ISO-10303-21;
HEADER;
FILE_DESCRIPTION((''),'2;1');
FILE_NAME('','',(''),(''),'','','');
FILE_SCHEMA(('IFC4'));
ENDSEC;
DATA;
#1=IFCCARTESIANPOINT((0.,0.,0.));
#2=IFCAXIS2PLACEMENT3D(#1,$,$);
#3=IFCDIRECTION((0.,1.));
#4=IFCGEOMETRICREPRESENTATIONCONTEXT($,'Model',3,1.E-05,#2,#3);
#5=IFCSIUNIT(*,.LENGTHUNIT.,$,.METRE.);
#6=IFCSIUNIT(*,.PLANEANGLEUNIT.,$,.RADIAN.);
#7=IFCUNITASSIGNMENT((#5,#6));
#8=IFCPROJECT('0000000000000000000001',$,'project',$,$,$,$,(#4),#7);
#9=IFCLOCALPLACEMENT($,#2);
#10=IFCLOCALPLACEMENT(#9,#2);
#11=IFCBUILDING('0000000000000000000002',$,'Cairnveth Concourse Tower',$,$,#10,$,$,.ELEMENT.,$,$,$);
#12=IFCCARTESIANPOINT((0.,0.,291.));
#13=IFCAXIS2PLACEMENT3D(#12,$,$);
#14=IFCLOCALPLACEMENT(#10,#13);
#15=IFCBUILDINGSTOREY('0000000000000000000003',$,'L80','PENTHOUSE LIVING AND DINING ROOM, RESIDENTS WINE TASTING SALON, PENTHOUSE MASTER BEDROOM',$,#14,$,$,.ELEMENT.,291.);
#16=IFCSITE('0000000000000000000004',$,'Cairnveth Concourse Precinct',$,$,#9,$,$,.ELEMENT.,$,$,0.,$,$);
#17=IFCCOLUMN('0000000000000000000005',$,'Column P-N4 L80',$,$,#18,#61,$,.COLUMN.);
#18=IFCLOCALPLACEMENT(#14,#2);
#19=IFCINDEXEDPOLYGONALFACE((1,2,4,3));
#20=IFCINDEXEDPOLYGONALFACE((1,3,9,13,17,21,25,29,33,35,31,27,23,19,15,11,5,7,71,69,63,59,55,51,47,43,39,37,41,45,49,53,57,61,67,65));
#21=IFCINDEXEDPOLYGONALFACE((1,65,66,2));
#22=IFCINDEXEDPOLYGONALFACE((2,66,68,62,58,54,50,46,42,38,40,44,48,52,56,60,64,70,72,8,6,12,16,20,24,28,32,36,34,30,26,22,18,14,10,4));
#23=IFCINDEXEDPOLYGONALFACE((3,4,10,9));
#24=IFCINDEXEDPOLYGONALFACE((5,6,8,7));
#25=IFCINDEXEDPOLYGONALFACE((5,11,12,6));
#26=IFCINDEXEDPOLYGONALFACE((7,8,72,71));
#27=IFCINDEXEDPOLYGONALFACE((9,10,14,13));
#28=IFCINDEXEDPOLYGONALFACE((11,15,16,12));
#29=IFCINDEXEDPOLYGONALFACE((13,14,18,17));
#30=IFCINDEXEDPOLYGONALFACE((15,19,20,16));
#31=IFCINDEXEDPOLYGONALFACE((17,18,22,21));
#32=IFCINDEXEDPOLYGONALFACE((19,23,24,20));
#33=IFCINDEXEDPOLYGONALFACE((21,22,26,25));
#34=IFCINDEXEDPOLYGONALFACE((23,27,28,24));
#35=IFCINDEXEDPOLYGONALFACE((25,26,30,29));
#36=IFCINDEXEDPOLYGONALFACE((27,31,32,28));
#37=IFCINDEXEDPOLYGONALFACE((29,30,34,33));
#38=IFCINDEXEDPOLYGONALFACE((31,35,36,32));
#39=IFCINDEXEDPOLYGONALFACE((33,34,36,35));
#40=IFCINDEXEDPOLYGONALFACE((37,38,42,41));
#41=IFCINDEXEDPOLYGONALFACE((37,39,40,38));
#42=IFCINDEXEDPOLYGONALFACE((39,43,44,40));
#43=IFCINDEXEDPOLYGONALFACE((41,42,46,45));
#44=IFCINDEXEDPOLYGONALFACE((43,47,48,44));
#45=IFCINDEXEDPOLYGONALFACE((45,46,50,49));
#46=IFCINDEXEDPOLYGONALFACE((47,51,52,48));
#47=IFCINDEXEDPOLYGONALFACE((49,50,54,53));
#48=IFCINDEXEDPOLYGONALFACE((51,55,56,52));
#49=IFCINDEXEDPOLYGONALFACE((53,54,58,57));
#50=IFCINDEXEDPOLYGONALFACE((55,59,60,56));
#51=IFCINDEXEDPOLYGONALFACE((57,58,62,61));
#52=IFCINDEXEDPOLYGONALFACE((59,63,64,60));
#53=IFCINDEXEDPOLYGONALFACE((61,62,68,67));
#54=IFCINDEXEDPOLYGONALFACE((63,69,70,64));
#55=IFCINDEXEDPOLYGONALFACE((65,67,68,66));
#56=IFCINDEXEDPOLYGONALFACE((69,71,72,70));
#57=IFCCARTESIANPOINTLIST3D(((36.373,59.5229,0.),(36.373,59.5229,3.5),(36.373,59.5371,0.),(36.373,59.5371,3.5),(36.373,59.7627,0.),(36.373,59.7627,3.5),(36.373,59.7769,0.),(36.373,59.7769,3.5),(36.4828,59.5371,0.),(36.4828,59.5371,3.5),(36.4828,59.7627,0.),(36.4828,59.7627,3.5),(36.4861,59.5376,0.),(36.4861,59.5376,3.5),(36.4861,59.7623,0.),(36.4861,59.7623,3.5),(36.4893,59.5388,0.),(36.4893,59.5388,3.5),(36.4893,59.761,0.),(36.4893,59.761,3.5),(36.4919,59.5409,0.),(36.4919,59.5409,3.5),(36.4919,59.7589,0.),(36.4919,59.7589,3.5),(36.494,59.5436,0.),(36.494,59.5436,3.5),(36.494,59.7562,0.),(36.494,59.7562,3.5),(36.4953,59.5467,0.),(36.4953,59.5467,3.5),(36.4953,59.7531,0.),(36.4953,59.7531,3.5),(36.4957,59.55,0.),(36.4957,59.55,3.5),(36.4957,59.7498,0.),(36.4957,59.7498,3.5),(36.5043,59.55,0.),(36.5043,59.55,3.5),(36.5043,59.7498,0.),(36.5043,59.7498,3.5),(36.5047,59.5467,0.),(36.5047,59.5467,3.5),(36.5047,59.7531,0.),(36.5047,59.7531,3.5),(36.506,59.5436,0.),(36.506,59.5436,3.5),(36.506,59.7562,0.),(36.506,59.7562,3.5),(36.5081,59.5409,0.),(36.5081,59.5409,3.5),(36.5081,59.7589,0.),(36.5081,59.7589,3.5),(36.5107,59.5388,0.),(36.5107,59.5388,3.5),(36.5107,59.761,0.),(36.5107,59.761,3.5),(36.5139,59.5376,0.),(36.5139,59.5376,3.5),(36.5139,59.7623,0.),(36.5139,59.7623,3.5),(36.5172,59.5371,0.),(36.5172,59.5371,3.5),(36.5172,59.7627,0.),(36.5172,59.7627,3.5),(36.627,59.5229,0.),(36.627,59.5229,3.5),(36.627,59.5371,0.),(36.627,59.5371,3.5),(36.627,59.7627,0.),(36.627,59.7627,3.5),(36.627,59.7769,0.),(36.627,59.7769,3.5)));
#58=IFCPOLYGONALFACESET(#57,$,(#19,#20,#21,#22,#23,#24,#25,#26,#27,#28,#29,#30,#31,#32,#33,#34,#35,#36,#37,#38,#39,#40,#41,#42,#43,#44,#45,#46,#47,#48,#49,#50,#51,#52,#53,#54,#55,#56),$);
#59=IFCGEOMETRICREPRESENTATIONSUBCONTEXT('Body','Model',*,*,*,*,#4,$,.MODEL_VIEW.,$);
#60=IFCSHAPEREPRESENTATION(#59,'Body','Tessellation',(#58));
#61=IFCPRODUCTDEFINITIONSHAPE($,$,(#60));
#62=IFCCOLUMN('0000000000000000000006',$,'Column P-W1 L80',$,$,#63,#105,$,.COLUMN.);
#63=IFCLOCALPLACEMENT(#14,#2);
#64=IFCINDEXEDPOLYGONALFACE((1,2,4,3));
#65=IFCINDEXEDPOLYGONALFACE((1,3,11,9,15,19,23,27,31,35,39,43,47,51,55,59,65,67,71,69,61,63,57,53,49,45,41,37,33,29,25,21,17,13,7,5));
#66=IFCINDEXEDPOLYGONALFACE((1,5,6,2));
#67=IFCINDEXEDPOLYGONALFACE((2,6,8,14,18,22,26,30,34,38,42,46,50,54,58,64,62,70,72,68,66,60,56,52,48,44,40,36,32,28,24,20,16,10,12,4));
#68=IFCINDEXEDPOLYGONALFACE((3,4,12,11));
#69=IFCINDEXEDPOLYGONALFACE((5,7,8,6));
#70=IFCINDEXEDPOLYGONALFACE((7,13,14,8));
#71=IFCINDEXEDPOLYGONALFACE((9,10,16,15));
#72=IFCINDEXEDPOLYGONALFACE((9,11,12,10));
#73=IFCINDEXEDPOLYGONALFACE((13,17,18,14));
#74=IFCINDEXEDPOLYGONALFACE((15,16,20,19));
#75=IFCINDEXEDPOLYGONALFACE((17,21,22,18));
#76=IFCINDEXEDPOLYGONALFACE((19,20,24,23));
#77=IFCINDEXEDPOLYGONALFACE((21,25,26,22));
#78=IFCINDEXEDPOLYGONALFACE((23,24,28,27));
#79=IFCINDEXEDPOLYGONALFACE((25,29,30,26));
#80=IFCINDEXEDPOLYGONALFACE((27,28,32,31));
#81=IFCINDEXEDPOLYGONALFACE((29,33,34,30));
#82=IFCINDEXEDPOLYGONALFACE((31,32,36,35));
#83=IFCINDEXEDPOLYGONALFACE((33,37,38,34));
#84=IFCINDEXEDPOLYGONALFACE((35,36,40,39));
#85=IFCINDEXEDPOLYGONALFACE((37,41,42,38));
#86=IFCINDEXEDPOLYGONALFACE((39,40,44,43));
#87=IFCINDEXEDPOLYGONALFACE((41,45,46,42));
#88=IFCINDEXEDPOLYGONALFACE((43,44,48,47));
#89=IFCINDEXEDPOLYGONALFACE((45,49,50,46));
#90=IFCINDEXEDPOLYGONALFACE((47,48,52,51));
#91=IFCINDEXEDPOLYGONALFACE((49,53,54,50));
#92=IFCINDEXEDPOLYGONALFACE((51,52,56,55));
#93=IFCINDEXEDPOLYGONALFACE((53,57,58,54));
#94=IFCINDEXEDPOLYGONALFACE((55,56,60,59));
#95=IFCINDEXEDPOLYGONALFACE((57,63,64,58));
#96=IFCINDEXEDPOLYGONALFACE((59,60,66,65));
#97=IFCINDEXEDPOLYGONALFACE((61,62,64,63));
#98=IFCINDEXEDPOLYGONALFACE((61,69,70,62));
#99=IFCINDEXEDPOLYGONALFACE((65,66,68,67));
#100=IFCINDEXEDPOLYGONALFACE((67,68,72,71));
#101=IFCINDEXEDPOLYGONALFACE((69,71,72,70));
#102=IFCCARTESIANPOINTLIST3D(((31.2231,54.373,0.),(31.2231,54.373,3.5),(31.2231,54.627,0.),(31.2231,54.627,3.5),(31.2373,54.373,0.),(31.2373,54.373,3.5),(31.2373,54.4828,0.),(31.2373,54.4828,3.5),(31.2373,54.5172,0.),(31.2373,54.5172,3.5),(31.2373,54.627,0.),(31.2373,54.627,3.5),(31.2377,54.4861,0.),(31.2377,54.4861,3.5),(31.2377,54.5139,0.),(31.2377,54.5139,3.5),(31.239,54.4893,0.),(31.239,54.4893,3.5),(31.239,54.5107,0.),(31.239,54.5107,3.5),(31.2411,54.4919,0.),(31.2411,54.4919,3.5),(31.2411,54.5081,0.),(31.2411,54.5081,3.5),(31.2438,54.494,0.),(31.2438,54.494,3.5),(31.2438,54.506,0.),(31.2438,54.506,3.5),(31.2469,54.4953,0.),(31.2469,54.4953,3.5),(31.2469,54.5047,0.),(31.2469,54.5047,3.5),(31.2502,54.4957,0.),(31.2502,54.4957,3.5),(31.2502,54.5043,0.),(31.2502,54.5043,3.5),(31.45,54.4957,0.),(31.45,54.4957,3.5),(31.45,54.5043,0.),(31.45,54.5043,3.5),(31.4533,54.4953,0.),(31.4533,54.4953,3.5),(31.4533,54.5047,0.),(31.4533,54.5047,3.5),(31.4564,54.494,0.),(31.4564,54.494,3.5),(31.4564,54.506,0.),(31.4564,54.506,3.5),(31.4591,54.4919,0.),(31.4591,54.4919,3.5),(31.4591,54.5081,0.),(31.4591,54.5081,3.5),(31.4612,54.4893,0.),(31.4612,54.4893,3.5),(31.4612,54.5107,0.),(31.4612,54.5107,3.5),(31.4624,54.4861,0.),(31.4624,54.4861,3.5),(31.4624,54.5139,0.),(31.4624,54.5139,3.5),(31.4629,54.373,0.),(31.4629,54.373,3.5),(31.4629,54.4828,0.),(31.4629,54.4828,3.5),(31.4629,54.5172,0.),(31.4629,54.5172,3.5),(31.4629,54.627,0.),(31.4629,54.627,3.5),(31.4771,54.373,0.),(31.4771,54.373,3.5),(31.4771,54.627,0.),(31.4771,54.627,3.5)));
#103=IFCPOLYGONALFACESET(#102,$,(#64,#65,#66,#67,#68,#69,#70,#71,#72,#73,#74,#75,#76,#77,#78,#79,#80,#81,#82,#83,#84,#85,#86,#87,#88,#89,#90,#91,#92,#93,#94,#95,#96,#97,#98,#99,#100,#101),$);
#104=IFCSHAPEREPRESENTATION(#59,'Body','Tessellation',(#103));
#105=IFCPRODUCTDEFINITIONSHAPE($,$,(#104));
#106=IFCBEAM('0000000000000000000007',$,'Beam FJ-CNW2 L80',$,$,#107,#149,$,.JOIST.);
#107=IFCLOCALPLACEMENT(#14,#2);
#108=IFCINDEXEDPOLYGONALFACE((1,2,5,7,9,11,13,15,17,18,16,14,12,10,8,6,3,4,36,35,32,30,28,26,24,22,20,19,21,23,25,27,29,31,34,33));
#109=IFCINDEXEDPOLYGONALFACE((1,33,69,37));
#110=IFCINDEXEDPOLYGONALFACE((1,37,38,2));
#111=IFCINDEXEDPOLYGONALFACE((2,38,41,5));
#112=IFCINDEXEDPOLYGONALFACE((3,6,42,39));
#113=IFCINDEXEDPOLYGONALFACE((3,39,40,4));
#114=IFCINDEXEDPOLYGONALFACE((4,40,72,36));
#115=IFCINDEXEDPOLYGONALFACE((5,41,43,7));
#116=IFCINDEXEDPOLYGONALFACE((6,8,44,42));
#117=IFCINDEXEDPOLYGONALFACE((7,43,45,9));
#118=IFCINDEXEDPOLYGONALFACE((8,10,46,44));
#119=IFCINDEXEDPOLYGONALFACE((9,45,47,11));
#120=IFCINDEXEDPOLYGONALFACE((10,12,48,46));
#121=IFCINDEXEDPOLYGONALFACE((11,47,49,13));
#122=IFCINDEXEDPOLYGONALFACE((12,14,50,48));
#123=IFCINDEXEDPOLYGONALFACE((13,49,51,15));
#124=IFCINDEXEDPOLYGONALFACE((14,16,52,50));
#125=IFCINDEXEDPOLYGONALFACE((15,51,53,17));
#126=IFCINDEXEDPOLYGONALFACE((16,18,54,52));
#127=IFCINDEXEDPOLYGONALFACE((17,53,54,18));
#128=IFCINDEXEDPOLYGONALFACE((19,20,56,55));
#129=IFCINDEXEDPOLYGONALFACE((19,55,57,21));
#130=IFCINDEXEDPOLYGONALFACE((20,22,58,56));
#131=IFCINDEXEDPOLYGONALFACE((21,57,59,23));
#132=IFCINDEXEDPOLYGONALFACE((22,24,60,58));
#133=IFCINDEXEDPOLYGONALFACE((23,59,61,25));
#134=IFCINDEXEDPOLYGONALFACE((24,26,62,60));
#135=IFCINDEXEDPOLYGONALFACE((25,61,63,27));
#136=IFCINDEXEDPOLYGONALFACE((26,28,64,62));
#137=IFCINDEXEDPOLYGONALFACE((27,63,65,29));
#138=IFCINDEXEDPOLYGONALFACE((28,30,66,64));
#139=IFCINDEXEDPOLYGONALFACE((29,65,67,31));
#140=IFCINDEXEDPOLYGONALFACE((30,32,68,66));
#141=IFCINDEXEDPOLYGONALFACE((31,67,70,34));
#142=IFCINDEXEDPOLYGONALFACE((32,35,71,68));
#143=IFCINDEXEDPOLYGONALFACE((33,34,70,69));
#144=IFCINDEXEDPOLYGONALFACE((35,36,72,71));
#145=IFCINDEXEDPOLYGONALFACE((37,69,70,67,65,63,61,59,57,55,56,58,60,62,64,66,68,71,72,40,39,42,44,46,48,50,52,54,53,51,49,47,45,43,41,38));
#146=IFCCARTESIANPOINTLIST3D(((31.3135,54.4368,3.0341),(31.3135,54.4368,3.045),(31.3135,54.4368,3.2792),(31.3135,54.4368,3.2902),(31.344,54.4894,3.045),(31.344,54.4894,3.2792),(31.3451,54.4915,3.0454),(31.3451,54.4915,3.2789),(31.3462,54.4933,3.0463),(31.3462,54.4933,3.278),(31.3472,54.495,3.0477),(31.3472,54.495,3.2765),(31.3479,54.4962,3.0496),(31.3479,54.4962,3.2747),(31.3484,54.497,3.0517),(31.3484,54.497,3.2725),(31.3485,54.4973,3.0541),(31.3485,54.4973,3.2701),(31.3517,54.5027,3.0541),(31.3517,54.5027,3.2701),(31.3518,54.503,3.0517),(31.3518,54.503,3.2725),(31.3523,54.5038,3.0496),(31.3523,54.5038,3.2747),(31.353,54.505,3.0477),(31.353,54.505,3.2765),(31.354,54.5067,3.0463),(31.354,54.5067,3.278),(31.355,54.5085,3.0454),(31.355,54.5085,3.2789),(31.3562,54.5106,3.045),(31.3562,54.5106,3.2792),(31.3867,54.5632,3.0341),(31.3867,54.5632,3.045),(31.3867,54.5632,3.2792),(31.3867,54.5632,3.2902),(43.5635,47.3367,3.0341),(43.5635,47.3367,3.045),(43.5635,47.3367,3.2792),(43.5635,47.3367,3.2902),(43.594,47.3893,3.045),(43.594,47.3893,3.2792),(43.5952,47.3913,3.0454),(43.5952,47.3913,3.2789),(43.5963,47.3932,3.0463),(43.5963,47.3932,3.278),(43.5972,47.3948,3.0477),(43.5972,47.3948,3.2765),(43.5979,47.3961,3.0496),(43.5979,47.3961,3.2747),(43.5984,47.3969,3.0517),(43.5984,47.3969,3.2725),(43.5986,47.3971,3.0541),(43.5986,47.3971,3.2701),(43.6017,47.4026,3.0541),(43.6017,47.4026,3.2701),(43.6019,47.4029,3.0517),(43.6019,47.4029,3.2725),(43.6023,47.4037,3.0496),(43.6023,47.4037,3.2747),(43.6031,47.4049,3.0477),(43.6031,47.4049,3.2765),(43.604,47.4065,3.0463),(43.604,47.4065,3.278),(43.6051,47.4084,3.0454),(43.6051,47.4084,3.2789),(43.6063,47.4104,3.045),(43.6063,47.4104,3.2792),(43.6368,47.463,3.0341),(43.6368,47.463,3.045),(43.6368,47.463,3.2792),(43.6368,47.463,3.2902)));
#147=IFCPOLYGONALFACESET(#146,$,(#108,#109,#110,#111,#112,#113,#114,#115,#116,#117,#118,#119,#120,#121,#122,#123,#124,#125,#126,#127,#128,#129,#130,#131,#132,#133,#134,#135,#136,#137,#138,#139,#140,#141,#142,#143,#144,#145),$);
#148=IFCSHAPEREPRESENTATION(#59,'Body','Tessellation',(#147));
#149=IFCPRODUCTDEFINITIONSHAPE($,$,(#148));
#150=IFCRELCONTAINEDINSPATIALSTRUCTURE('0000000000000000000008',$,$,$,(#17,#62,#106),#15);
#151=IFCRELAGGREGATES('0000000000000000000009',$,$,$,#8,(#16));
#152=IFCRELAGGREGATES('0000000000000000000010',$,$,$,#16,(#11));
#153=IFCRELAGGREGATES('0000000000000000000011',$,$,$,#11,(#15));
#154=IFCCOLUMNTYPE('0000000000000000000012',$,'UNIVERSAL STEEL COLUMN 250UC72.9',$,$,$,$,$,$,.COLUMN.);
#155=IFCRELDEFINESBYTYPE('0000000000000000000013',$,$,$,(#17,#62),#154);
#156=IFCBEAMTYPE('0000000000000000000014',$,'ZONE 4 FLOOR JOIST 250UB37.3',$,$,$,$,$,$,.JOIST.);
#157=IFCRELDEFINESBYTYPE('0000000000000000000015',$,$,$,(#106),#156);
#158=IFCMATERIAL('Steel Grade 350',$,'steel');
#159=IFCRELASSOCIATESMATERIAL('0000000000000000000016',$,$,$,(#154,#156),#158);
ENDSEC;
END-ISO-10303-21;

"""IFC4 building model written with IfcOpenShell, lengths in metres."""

from ifc_helpers import new_model, si_unit, direction, frame, origin, origin_2d, place, context, subcontext, project, spatial, i_section, extrude, material, material_profile, profile_set, type_object, element, save


model = new_model("IFC4")

# Units and contexts
model_context = context("Model", 3, precision=1e-05, world=origin(), true_north=direction((0.0, 1.0)))
body_context = subcontext(model_context, "Body", "Model", "MODEL_VIEW")
ifc_project = project(units=[si_unit("LENGTHUNIT", "METRE"), si_unit("PLANEANGLEUNIT", "RADIAN")], contexts=[model_context])

# Site, building, storey
site_placement = place(None, origin())
site = spatial("IfcSite", under=ifc_project, at=site_placement, Name="Cairnveth Concourse Precinct", CompositionType="ELEMENT", RefElevation=0.0)
building_placement = place(site_placement, origin())
building = spatial("IfcBuilding", under=site, at=building_placement, Name="Cairnveth Concourse Tower", CompositionType="ELEMENT")
storey_placement = place(building_placement, frame((0.0, 0.0, 291.0)))
storey = spatial("IfcBuildingStorey", under=building, at=storey_placement, Name="L80", Description="PENTHOUSE LIVING AND DINING ROOM, RESIDENTS WINE TASTING SALON, PENTHOUSE MASTER BEDROOM", CompositionType="ELEMENT", Elevation=291.0)

# Columns
ifc_material_1 = material(Name="Steel Grade 350", Category="steel")
ifc_material_profile_1 = material_profile(ifc_material_1, i_section(OverallWidth=0.2539, OverallDepth=0.2539, WebThickness=0.0085, FlangeThickness=0.0142, FilletRadius=0.0129, at=origin_2d()), Name="250UC72.9")
ifc_profile_set_1 = profile_set([ifc_material_profile_1], Name="Steel Grade 350")
column_type = type_object("IfcColumnType", Name="UNIVERSAL STEEL COLUMN 250UC72.9", PredefinedType="COLUMN", material=ifc_profile_set_1)
for number, where, z_axis, x_axis, name in (
    (1, (36.5, 59.6499, 0.0), (0.0, 0.0, 1.0), (1.0, 0.0, 0.0), "Column P-N4 L80"),
    (2, (31.3501, 54.5, 0.0), (0.0, 0.0, 1.0), (0.0, 1.0, 0.0), "Column P-W1 L80"),
):
    element("IfcColumn", number, at=place(storey_placement, frame(where, z_axis=z_axis, x_axis=x_axis)), inside=storey, type_object=column_type, Name=name, PredefinedType="COLUMN", context=body_context, shape_type="SweptSolid", body=[
        extrude(i_section(OverallWidth=0.2539, OverallDepth=0.2539, WebThickness=0.0085, FlangeThickness=0.0142, FilletRadius=0.0129, at=origin_2d()), origin(), (0.0, 0.0, 1.0), 3.5),
    ])

# Beam
ifc_material_profile_2 = material_profile(ifc_material_1, i_section(OverallWidth=0.146, OverallDepth=0.2561, WebThickness=0.0063, FlangeThickness=0.011, FilletRadius=0.009, at=origin_2d()), Name="250UB37.3")
ifc_profile_set_2 = profile_set([ifc_material_profile_2], Name="Steel Grade 350")
beam_type_1 = type_object("IfcBeamType", Name="ZONE 4 FLOOR JOIST 250UB37.3", PredefinedType="JOIST", material=ifc_profile_set_2)
beam_1_placement = place(storey_placement, frame((31.3501, 54.5, 3.1621), z_axis=(0.865181, -0.501459, 0.0), x_axis=(0.501459, 0.865181, 0.0)))
element("IfcBeam", 3, at=beam_1_placement, inside=storey, type_object=beam_type_1, Name="Beam FJ-CNW2 L80", PredefinedType="JOIST", context=body_context, shape_type="SweptSolid", body=[
    extrude(i_section(OverallWidth=0.146, OverallDepth=0.2561, WebThickness=0.0063, FlangeThickness=0.011, FilletRadius=0.009, at=origin_2d()), origin(), (0.0, 0.0, 1.0), 14.1589),
])

save(model, "model.ifc")
